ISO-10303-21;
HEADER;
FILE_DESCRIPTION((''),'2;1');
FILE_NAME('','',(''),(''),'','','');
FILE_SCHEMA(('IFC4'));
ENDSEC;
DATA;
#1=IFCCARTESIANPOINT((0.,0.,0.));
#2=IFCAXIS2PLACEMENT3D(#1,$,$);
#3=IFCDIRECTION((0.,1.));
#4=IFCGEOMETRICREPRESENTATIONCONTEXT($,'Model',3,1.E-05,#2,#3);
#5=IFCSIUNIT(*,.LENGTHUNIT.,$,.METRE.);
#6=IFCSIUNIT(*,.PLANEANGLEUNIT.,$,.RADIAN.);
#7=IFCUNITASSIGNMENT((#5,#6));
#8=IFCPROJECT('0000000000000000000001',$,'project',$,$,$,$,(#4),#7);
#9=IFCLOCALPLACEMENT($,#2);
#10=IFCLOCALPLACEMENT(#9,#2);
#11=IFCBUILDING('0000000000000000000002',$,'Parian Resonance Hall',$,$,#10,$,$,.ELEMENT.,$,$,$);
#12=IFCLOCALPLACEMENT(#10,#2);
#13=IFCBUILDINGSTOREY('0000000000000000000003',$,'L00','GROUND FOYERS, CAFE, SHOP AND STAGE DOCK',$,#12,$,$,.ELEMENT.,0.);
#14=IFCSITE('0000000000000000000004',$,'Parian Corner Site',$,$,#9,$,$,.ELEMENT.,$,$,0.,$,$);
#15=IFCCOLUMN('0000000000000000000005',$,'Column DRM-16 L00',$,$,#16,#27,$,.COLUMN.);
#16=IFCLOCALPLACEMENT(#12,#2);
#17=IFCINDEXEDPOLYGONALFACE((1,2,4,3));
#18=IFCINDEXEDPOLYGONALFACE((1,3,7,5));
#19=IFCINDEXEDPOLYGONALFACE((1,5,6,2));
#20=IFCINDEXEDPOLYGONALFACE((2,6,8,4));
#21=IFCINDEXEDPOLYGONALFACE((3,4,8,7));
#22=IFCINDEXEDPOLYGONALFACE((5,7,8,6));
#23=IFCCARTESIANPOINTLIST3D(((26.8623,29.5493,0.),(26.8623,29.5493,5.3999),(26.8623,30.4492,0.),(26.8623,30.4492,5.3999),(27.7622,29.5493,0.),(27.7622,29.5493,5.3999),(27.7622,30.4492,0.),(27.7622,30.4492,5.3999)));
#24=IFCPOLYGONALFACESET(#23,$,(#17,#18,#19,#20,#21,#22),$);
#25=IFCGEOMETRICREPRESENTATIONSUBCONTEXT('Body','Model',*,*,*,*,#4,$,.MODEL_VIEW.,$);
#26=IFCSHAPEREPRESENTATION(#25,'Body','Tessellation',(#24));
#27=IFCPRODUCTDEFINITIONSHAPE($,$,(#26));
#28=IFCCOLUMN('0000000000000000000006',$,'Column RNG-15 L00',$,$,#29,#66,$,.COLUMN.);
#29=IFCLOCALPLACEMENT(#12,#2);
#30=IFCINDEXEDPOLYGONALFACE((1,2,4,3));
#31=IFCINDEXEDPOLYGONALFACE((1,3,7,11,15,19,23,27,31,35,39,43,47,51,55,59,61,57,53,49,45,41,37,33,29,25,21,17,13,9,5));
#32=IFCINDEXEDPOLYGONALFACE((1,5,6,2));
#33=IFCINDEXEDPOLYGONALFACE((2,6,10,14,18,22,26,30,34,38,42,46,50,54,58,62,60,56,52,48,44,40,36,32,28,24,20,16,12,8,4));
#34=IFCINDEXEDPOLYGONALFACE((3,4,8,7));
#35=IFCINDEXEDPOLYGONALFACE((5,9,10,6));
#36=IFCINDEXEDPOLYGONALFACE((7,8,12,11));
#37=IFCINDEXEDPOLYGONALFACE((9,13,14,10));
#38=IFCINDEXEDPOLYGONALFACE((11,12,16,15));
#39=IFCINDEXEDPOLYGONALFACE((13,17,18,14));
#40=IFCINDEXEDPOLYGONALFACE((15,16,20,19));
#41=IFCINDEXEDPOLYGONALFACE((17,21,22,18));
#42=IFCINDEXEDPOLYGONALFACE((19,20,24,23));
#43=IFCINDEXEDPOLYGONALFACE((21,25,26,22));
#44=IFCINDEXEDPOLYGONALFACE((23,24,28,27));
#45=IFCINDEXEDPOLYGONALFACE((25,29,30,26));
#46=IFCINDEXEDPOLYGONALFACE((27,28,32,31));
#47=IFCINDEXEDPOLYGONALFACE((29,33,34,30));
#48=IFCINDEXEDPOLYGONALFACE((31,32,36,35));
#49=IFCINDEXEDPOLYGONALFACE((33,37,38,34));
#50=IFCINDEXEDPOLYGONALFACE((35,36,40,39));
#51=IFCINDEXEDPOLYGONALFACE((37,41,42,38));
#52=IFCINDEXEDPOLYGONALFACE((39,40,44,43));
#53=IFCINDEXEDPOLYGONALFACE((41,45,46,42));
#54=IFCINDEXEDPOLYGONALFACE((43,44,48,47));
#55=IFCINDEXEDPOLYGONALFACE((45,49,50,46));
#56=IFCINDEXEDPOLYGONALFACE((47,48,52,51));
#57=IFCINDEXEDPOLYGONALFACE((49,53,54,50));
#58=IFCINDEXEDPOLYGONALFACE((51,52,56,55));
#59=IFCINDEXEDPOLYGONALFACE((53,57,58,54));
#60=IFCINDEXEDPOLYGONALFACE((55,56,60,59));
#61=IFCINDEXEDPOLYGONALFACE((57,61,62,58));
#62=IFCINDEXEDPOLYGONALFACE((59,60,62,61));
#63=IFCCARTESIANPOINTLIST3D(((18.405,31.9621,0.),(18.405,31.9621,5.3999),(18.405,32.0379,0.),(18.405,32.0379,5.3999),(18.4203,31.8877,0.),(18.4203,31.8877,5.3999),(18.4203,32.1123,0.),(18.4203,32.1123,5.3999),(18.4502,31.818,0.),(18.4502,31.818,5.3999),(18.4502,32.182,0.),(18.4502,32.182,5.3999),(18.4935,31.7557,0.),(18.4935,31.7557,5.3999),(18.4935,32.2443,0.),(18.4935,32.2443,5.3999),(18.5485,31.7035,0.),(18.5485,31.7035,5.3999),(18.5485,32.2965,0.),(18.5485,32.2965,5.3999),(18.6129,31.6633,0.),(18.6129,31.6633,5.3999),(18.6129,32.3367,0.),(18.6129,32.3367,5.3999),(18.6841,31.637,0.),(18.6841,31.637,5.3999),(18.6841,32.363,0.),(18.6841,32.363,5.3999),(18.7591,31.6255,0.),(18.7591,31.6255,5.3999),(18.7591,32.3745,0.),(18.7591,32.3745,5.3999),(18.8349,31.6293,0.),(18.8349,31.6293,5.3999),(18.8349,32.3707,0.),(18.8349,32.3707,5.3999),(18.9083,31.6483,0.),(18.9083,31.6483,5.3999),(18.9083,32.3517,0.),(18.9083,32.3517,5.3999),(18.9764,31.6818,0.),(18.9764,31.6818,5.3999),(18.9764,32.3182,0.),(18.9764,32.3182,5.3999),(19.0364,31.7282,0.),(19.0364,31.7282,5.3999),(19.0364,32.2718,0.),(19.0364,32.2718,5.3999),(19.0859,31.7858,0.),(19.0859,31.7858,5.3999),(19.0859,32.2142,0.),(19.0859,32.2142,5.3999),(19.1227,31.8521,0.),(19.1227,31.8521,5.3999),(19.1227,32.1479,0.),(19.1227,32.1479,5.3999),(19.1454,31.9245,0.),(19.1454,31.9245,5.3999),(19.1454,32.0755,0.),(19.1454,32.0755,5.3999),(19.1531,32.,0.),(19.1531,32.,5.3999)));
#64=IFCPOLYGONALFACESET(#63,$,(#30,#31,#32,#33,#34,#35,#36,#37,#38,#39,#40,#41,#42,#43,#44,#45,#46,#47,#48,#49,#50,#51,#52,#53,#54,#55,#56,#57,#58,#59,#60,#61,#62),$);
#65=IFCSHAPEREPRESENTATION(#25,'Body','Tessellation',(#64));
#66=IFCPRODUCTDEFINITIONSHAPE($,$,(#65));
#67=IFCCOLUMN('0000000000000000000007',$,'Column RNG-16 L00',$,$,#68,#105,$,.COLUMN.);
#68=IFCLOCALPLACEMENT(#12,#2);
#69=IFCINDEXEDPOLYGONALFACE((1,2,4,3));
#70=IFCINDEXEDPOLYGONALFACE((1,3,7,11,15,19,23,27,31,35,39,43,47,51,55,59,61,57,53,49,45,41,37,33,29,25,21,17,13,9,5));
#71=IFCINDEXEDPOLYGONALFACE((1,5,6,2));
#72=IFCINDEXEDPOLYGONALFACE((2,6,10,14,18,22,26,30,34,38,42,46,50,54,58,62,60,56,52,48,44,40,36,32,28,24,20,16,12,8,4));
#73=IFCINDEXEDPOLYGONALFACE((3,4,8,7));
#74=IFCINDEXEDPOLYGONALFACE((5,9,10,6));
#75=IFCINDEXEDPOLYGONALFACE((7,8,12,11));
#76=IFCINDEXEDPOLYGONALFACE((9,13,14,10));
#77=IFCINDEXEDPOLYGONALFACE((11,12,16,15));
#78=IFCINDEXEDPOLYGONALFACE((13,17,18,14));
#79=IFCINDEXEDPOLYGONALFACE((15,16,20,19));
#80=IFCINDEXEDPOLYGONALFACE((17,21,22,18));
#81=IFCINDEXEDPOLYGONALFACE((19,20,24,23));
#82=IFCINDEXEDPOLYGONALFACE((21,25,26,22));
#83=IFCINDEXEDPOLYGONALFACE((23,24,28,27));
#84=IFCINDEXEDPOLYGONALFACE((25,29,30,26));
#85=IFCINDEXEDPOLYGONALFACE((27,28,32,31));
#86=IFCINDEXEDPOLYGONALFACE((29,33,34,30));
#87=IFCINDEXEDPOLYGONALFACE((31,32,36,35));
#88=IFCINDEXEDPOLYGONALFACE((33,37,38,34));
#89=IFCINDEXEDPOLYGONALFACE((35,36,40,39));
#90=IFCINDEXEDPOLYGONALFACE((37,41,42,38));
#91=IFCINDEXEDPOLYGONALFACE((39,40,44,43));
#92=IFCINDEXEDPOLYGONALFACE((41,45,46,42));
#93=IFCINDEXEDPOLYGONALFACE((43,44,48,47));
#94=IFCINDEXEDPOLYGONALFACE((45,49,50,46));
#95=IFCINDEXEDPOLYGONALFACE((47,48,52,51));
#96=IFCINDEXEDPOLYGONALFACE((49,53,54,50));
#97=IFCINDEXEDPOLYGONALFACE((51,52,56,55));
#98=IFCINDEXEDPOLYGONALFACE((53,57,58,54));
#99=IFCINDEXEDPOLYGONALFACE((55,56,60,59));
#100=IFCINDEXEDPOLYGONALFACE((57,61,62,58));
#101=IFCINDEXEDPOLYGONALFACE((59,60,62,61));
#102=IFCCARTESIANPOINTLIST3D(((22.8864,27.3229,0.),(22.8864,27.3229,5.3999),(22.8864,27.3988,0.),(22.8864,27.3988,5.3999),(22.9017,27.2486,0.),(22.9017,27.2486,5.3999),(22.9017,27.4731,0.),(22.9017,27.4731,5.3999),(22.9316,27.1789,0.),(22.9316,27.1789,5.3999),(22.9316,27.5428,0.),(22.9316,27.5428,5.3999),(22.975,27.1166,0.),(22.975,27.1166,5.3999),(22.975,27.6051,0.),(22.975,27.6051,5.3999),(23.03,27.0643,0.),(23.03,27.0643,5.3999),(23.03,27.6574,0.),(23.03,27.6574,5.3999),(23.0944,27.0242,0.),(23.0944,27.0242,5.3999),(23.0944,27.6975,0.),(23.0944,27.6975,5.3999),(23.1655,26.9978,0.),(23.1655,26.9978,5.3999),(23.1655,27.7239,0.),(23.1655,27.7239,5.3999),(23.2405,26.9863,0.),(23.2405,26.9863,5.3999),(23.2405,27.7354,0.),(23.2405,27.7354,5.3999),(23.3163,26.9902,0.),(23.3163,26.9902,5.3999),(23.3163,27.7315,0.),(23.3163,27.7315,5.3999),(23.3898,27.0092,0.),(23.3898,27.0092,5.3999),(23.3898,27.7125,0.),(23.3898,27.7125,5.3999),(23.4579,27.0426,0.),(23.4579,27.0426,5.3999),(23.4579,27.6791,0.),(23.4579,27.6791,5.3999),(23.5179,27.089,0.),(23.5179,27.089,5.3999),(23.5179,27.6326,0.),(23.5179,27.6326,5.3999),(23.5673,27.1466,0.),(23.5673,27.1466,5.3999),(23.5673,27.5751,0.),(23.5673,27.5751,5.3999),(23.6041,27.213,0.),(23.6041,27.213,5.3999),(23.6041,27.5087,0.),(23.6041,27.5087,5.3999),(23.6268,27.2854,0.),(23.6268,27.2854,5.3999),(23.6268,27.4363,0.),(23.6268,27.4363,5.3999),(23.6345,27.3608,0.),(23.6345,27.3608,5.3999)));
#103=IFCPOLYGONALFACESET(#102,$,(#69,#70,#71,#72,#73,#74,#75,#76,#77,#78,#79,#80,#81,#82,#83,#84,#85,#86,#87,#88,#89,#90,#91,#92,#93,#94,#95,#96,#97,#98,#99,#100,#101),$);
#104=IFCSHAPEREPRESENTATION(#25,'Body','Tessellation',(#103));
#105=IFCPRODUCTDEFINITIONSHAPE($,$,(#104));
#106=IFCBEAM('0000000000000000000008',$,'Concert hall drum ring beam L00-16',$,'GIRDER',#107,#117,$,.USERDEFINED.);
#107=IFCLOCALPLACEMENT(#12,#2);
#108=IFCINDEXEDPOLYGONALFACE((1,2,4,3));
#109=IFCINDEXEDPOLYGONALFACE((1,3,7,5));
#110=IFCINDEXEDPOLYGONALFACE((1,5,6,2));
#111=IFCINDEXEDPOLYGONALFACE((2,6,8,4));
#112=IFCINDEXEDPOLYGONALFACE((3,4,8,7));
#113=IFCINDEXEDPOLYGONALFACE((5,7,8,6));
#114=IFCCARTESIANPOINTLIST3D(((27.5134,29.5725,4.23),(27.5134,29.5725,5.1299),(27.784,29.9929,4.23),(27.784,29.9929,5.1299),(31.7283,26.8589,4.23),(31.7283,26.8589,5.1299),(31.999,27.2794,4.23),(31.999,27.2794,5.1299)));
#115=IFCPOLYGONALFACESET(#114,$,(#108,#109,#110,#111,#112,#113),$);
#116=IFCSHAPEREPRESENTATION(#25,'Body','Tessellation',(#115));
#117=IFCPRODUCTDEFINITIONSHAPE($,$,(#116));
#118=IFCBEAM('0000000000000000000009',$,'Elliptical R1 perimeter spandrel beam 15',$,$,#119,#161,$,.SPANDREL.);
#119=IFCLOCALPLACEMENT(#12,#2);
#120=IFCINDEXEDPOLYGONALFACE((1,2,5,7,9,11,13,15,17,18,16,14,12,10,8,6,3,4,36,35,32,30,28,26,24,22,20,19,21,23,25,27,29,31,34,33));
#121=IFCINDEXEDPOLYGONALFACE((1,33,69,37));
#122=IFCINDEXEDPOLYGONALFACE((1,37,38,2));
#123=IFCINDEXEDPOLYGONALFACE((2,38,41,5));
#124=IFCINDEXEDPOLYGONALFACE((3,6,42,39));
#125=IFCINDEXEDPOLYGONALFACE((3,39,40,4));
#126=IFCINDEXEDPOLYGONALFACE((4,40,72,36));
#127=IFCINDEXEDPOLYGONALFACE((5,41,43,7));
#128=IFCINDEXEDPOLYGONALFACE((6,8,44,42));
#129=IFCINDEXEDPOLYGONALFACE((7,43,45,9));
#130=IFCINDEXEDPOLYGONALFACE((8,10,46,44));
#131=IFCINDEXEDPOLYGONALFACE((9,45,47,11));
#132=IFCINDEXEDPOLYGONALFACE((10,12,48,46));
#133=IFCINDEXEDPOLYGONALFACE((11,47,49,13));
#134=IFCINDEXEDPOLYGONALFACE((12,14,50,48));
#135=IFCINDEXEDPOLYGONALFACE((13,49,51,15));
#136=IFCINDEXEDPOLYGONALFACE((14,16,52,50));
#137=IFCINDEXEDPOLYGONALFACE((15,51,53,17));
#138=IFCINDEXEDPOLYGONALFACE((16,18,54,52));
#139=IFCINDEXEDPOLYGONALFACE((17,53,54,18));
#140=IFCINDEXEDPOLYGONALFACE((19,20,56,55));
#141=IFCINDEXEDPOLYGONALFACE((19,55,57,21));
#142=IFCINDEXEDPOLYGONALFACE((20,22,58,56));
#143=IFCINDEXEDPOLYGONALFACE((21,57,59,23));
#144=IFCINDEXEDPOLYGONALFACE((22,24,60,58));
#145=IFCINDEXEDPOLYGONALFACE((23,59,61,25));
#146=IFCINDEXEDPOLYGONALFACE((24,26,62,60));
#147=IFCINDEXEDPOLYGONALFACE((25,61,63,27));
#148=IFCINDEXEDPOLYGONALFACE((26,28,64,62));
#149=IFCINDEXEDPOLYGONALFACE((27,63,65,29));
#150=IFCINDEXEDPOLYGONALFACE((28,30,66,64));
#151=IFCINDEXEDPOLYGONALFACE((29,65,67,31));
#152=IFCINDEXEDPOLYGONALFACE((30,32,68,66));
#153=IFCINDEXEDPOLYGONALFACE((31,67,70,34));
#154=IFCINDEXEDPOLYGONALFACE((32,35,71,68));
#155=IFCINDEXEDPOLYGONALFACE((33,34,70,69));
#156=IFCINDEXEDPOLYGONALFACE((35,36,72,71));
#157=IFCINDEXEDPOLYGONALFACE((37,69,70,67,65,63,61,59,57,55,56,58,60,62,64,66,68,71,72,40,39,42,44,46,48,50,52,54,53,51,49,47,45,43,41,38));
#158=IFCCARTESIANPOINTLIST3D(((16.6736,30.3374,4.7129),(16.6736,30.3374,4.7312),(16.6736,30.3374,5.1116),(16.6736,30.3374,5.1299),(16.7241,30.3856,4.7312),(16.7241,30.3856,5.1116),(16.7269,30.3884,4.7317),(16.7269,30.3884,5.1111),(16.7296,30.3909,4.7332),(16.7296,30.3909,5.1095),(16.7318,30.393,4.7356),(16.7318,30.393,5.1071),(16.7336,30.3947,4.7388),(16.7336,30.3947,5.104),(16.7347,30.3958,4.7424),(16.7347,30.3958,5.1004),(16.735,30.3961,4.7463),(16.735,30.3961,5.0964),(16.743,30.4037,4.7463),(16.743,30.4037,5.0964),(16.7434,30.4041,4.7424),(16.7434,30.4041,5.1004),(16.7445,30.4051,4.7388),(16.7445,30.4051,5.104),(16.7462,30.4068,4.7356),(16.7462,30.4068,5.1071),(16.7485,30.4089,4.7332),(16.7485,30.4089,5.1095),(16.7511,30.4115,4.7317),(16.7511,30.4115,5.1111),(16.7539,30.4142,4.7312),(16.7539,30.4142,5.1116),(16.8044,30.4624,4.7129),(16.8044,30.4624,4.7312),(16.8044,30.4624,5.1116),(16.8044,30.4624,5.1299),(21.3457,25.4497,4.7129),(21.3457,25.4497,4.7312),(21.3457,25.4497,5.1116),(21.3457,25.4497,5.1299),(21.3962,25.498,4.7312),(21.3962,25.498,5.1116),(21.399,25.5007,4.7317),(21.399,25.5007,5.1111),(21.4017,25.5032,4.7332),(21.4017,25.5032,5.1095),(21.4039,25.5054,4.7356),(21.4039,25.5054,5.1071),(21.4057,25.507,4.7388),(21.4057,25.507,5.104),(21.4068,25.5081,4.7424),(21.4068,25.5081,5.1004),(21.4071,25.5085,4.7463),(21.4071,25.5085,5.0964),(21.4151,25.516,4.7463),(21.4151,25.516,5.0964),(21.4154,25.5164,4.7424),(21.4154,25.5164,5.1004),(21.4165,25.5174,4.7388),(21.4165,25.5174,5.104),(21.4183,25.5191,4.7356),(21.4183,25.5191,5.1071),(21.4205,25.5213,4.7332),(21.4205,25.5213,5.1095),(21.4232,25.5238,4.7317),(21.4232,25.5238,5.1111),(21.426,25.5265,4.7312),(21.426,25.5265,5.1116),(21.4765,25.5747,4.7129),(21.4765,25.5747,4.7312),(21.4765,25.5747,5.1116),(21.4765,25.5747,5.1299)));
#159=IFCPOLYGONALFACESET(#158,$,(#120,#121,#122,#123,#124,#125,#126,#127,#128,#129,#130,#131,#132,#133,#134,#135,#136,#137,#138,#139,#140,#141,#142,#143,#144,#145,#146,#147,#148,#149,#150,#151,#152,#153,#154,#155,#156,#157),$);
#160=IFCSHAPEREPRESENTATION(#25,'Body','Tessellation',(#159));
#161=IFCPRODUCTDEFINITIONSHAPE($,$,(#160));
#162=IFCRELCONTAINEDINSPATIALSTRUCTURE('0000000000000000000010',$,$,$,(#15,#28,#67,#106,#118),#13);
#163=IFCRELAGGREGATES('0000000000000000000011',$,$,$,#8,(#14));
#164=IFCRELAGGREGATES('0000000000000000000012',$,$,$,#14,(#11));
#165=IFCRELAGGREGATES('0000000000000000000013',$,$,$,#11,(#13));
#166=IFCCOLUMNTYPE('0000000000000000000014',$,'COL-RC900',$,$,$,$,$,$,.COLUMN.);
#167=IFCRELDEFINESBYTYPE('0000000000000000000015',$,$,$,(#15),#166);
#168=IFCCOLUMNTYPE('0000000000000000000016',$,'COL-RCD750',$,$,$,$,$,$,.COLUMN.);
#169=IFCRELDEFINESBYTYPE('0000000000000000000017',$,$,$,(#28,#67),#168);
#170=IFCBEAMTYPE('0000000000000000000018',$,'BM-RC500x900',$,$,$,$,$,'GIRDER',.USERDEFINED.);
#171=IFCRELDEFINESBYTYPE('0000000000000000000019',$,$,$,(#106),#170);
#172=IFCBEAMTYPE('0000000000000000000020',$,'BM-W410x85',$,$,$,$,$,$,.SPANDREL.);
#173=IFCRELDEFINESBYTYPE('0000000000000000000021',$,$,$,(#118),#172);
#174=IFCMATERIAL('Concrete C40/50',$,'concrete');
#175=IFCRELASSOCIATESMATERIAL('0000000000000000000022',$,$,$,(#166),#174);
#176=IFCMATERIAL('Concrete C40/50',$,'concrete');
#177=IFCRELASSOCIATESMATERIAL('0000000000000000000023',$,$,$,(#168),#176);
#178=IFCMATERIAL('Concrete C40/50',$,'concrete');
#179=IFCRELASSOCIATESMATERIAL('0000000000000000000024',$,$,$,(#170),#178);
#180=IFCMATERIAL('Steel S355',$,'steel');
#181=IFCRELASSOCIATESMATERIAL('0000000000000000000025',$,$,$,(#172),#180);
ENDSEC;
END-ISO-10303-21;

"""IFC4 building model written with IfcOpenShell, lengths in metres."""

from ifc_helpers import new_model, si_unit, direction, frame, origin, origin_2d, place, context, subcontext, project, spatial, rectangle, circle, i_section, extrude, material, material_profile, profile_set, type_object, element, save


model = new_model("IFC4")

# Units and contexts
model_context = context("Model", 3, precision=1e-05, world=origin(), true_north=direction((0.0, 1.0)))
body_context = subcontext(model_context, "Body", "Model", "MODEL_VIEW")
ifc_project = project(units=[si_unit("LENGTHUNIT", "METRE"), si_unit("PLANEANGLEUNIT", "RADIAN")], contexts=[model_context])

# Site, building, storey
site_placement = place(None, origin())
site = spatial("IfcSite", under=ifc_project, at=site_placement, Name="Parian Corner Site", CompositionType="ELEMENT", RefElevation=0.0)
building_placement = place(site_placement, origin())
building = spatial("IfcBuilding", under=site, at=building_placement, Name="Parian Resonance Hall", CompositionType="ELEMENT")
storey_placement = place(building_placement, origin())
storey = spatial("IfcBuildingStorey", under=building, at=storey_placement, Name="L00", Description="GROUND FOYERS, CAFE, SHOP AND STAGE DOCK", CompositionType="ELEMENT", Elevation=0.0)

# Columns
ifc_material_1 = material(Name="Concrete C40/50", Category="concrete")
ifc_material_profile_1 = material_profile(ifc_material_1, rectangle(XDim=0.8999, YDim=0.8999, at=origin_2d()), Name="RC-COL-900x900")
ifc_profile_set_1 = profile_set([ifc_material_profile_1], Name="Concrete C40/50")
column_type_1 = type_object("IfcColumnType", Name="COL-RC900", PredefinedType="COLUMN", material=ifc_profile_set_1)
column_placement = place(storey_placement, frame((27.3123, 29.9993, 0.0), z_axis=(0.0, 0.0, 1.0), x_axis=(1.0, 0.0, 0.0)))
element("IfcColumn", 1, at=column_placement, inside=storey, type_object=column_type_1, Name="Column DRM-16 L00", PredefinedType="COLUMN", context=body_context, shape_type="SweptSolid", body=[
    extrude(rectangle(XDim=0.8999, YDim=0.8999, at=origin_2d()), origin(), (0.0, 0.0, 1.0), 5.3999),
])
ifc_material_2 = material(Name="Concrete C40/50", Category="concrete")
ifc_material_profile_2 = material_profile(ifc_material_2, circle(Radius=0.375, at=origin_2d()), Name="RC-COL-D750")
ifc_profile_set_2 = profile_set([ifc_material_profile_2], Name="Concrete C40/50")
column_type_2 = type_object("IfcColumnType", Name="COL-RCD750", PredefinedType="COLUMN", material=ifc_profile_set_2)
for number, where, z_axis, x_axis, name in (
    (2, (18.7781, 32.0, 0.0), (0.0, 0.0, 1.0), (1.0, 0.0, 0.0), "Column RNG-15 L00"),
    (3, (23.2595, 27.3608, 0.0), (0.0, 0.0, 1.0), (1.0, 0.0, 0.0), "Column RNG-16 L00"),
):
    element("IfcColumn", number, at=place(storey_placement, frame(where, z_axis=z_axis, x_axis=x_axis)), inside=storey, type_object=column_type_2, Name=name, PredefinedType="COLUMN", context=body_context, shape_type="SweptSolid", body=[
        extrude(circle(Radius=0.375, at=origin_2d()), origin(), (0.0, 0.0, 1.0), 5.3999),
    ])

# Beams
ifc_material_3 = material(Name="Concrete C40/50", Category="concrete")
ifc_material_profile_3 = material_profile(ifc_material_3, rectangle(XDim=0.5, YDim=0.8999, at=origin_2d()), Name="RC-BM-500x900")
ifc_profile_set_3 = profile_set([ifc_material_profile_3], Name="Concrete C40/50")
beam_type_1 = type_object("IfcBeamType", Name="BM-RC500x900", ElementType="GIRDER", PredefinedType="USERDEFINED", material=ifc_profile_set_3)
beam_1_placement = place(storey_placement, frame((27.6487, 29.7827, 4.6799), z_axis=(0.840822, -0.541311, 0.0), x_axis=(0.541311, 0.840822, 0.0)))
element("IfcBeam", 4, at=beam_1_placement, inside=storey, type_object=beam_type_1, Name="Concert hall drum ring beam L00-16", ObjectType="GIRDER", PredefinedType="USERDEFINED", context=body_context, shape_type="SweptSolid", body=[
    extrude(rectangle(XDim=0.5, YDim=0.8999, at=origin_2d()), origin(), (0.0, 0.0, 1.0), 5.0129),
])
ifc_material_4 = material(Name="Steel S355", Category="steel")
ifc_material_profile_4 = material_profile(ifc_material_4, i_section(OverallWidth=0.1809, OverallDepth=0.417, WebThickness=0.011, FlangeThickness=0.0183, FilletRadius=0.0151, at=origin_2d()), Name="W410x85")
ifc_profile_set_4 = profile_set([ifc_material_profile_4], Name="Steel S355")
beam_type_2 = type_object("IfcBeamType", Name="BM-W410x85", PredefinedType="SPANDREL", material=ifc_profile_set_4)
beam_2_placement = place(storey_placement, frame((16.739, 30.3999, 4.9214), z_axis=(0.690986, -0.722868, 0.0), x_axis=(0.722868, 0.690986, 0.0)))
element("IfcBeam", 5, at=beam_2_placement, inside=storey, type_object=beam_type_2, Name="Elliptical R1 perimeter spandrel beam 15", PredefinedType="SPANDREL", context=body_context, shape_type="SweptSolid", body=[
    extrude(i_section(OverallWidth=0.1809, OverallDepth=0.417, WebThickness=0.011, FlangeThickness=0.0183, FilletRadius=0.0151, at=origin_2d()), origin(), (0.0, 0.0, 1.0), 6.7615),
])

save(model, "model.ifc")
